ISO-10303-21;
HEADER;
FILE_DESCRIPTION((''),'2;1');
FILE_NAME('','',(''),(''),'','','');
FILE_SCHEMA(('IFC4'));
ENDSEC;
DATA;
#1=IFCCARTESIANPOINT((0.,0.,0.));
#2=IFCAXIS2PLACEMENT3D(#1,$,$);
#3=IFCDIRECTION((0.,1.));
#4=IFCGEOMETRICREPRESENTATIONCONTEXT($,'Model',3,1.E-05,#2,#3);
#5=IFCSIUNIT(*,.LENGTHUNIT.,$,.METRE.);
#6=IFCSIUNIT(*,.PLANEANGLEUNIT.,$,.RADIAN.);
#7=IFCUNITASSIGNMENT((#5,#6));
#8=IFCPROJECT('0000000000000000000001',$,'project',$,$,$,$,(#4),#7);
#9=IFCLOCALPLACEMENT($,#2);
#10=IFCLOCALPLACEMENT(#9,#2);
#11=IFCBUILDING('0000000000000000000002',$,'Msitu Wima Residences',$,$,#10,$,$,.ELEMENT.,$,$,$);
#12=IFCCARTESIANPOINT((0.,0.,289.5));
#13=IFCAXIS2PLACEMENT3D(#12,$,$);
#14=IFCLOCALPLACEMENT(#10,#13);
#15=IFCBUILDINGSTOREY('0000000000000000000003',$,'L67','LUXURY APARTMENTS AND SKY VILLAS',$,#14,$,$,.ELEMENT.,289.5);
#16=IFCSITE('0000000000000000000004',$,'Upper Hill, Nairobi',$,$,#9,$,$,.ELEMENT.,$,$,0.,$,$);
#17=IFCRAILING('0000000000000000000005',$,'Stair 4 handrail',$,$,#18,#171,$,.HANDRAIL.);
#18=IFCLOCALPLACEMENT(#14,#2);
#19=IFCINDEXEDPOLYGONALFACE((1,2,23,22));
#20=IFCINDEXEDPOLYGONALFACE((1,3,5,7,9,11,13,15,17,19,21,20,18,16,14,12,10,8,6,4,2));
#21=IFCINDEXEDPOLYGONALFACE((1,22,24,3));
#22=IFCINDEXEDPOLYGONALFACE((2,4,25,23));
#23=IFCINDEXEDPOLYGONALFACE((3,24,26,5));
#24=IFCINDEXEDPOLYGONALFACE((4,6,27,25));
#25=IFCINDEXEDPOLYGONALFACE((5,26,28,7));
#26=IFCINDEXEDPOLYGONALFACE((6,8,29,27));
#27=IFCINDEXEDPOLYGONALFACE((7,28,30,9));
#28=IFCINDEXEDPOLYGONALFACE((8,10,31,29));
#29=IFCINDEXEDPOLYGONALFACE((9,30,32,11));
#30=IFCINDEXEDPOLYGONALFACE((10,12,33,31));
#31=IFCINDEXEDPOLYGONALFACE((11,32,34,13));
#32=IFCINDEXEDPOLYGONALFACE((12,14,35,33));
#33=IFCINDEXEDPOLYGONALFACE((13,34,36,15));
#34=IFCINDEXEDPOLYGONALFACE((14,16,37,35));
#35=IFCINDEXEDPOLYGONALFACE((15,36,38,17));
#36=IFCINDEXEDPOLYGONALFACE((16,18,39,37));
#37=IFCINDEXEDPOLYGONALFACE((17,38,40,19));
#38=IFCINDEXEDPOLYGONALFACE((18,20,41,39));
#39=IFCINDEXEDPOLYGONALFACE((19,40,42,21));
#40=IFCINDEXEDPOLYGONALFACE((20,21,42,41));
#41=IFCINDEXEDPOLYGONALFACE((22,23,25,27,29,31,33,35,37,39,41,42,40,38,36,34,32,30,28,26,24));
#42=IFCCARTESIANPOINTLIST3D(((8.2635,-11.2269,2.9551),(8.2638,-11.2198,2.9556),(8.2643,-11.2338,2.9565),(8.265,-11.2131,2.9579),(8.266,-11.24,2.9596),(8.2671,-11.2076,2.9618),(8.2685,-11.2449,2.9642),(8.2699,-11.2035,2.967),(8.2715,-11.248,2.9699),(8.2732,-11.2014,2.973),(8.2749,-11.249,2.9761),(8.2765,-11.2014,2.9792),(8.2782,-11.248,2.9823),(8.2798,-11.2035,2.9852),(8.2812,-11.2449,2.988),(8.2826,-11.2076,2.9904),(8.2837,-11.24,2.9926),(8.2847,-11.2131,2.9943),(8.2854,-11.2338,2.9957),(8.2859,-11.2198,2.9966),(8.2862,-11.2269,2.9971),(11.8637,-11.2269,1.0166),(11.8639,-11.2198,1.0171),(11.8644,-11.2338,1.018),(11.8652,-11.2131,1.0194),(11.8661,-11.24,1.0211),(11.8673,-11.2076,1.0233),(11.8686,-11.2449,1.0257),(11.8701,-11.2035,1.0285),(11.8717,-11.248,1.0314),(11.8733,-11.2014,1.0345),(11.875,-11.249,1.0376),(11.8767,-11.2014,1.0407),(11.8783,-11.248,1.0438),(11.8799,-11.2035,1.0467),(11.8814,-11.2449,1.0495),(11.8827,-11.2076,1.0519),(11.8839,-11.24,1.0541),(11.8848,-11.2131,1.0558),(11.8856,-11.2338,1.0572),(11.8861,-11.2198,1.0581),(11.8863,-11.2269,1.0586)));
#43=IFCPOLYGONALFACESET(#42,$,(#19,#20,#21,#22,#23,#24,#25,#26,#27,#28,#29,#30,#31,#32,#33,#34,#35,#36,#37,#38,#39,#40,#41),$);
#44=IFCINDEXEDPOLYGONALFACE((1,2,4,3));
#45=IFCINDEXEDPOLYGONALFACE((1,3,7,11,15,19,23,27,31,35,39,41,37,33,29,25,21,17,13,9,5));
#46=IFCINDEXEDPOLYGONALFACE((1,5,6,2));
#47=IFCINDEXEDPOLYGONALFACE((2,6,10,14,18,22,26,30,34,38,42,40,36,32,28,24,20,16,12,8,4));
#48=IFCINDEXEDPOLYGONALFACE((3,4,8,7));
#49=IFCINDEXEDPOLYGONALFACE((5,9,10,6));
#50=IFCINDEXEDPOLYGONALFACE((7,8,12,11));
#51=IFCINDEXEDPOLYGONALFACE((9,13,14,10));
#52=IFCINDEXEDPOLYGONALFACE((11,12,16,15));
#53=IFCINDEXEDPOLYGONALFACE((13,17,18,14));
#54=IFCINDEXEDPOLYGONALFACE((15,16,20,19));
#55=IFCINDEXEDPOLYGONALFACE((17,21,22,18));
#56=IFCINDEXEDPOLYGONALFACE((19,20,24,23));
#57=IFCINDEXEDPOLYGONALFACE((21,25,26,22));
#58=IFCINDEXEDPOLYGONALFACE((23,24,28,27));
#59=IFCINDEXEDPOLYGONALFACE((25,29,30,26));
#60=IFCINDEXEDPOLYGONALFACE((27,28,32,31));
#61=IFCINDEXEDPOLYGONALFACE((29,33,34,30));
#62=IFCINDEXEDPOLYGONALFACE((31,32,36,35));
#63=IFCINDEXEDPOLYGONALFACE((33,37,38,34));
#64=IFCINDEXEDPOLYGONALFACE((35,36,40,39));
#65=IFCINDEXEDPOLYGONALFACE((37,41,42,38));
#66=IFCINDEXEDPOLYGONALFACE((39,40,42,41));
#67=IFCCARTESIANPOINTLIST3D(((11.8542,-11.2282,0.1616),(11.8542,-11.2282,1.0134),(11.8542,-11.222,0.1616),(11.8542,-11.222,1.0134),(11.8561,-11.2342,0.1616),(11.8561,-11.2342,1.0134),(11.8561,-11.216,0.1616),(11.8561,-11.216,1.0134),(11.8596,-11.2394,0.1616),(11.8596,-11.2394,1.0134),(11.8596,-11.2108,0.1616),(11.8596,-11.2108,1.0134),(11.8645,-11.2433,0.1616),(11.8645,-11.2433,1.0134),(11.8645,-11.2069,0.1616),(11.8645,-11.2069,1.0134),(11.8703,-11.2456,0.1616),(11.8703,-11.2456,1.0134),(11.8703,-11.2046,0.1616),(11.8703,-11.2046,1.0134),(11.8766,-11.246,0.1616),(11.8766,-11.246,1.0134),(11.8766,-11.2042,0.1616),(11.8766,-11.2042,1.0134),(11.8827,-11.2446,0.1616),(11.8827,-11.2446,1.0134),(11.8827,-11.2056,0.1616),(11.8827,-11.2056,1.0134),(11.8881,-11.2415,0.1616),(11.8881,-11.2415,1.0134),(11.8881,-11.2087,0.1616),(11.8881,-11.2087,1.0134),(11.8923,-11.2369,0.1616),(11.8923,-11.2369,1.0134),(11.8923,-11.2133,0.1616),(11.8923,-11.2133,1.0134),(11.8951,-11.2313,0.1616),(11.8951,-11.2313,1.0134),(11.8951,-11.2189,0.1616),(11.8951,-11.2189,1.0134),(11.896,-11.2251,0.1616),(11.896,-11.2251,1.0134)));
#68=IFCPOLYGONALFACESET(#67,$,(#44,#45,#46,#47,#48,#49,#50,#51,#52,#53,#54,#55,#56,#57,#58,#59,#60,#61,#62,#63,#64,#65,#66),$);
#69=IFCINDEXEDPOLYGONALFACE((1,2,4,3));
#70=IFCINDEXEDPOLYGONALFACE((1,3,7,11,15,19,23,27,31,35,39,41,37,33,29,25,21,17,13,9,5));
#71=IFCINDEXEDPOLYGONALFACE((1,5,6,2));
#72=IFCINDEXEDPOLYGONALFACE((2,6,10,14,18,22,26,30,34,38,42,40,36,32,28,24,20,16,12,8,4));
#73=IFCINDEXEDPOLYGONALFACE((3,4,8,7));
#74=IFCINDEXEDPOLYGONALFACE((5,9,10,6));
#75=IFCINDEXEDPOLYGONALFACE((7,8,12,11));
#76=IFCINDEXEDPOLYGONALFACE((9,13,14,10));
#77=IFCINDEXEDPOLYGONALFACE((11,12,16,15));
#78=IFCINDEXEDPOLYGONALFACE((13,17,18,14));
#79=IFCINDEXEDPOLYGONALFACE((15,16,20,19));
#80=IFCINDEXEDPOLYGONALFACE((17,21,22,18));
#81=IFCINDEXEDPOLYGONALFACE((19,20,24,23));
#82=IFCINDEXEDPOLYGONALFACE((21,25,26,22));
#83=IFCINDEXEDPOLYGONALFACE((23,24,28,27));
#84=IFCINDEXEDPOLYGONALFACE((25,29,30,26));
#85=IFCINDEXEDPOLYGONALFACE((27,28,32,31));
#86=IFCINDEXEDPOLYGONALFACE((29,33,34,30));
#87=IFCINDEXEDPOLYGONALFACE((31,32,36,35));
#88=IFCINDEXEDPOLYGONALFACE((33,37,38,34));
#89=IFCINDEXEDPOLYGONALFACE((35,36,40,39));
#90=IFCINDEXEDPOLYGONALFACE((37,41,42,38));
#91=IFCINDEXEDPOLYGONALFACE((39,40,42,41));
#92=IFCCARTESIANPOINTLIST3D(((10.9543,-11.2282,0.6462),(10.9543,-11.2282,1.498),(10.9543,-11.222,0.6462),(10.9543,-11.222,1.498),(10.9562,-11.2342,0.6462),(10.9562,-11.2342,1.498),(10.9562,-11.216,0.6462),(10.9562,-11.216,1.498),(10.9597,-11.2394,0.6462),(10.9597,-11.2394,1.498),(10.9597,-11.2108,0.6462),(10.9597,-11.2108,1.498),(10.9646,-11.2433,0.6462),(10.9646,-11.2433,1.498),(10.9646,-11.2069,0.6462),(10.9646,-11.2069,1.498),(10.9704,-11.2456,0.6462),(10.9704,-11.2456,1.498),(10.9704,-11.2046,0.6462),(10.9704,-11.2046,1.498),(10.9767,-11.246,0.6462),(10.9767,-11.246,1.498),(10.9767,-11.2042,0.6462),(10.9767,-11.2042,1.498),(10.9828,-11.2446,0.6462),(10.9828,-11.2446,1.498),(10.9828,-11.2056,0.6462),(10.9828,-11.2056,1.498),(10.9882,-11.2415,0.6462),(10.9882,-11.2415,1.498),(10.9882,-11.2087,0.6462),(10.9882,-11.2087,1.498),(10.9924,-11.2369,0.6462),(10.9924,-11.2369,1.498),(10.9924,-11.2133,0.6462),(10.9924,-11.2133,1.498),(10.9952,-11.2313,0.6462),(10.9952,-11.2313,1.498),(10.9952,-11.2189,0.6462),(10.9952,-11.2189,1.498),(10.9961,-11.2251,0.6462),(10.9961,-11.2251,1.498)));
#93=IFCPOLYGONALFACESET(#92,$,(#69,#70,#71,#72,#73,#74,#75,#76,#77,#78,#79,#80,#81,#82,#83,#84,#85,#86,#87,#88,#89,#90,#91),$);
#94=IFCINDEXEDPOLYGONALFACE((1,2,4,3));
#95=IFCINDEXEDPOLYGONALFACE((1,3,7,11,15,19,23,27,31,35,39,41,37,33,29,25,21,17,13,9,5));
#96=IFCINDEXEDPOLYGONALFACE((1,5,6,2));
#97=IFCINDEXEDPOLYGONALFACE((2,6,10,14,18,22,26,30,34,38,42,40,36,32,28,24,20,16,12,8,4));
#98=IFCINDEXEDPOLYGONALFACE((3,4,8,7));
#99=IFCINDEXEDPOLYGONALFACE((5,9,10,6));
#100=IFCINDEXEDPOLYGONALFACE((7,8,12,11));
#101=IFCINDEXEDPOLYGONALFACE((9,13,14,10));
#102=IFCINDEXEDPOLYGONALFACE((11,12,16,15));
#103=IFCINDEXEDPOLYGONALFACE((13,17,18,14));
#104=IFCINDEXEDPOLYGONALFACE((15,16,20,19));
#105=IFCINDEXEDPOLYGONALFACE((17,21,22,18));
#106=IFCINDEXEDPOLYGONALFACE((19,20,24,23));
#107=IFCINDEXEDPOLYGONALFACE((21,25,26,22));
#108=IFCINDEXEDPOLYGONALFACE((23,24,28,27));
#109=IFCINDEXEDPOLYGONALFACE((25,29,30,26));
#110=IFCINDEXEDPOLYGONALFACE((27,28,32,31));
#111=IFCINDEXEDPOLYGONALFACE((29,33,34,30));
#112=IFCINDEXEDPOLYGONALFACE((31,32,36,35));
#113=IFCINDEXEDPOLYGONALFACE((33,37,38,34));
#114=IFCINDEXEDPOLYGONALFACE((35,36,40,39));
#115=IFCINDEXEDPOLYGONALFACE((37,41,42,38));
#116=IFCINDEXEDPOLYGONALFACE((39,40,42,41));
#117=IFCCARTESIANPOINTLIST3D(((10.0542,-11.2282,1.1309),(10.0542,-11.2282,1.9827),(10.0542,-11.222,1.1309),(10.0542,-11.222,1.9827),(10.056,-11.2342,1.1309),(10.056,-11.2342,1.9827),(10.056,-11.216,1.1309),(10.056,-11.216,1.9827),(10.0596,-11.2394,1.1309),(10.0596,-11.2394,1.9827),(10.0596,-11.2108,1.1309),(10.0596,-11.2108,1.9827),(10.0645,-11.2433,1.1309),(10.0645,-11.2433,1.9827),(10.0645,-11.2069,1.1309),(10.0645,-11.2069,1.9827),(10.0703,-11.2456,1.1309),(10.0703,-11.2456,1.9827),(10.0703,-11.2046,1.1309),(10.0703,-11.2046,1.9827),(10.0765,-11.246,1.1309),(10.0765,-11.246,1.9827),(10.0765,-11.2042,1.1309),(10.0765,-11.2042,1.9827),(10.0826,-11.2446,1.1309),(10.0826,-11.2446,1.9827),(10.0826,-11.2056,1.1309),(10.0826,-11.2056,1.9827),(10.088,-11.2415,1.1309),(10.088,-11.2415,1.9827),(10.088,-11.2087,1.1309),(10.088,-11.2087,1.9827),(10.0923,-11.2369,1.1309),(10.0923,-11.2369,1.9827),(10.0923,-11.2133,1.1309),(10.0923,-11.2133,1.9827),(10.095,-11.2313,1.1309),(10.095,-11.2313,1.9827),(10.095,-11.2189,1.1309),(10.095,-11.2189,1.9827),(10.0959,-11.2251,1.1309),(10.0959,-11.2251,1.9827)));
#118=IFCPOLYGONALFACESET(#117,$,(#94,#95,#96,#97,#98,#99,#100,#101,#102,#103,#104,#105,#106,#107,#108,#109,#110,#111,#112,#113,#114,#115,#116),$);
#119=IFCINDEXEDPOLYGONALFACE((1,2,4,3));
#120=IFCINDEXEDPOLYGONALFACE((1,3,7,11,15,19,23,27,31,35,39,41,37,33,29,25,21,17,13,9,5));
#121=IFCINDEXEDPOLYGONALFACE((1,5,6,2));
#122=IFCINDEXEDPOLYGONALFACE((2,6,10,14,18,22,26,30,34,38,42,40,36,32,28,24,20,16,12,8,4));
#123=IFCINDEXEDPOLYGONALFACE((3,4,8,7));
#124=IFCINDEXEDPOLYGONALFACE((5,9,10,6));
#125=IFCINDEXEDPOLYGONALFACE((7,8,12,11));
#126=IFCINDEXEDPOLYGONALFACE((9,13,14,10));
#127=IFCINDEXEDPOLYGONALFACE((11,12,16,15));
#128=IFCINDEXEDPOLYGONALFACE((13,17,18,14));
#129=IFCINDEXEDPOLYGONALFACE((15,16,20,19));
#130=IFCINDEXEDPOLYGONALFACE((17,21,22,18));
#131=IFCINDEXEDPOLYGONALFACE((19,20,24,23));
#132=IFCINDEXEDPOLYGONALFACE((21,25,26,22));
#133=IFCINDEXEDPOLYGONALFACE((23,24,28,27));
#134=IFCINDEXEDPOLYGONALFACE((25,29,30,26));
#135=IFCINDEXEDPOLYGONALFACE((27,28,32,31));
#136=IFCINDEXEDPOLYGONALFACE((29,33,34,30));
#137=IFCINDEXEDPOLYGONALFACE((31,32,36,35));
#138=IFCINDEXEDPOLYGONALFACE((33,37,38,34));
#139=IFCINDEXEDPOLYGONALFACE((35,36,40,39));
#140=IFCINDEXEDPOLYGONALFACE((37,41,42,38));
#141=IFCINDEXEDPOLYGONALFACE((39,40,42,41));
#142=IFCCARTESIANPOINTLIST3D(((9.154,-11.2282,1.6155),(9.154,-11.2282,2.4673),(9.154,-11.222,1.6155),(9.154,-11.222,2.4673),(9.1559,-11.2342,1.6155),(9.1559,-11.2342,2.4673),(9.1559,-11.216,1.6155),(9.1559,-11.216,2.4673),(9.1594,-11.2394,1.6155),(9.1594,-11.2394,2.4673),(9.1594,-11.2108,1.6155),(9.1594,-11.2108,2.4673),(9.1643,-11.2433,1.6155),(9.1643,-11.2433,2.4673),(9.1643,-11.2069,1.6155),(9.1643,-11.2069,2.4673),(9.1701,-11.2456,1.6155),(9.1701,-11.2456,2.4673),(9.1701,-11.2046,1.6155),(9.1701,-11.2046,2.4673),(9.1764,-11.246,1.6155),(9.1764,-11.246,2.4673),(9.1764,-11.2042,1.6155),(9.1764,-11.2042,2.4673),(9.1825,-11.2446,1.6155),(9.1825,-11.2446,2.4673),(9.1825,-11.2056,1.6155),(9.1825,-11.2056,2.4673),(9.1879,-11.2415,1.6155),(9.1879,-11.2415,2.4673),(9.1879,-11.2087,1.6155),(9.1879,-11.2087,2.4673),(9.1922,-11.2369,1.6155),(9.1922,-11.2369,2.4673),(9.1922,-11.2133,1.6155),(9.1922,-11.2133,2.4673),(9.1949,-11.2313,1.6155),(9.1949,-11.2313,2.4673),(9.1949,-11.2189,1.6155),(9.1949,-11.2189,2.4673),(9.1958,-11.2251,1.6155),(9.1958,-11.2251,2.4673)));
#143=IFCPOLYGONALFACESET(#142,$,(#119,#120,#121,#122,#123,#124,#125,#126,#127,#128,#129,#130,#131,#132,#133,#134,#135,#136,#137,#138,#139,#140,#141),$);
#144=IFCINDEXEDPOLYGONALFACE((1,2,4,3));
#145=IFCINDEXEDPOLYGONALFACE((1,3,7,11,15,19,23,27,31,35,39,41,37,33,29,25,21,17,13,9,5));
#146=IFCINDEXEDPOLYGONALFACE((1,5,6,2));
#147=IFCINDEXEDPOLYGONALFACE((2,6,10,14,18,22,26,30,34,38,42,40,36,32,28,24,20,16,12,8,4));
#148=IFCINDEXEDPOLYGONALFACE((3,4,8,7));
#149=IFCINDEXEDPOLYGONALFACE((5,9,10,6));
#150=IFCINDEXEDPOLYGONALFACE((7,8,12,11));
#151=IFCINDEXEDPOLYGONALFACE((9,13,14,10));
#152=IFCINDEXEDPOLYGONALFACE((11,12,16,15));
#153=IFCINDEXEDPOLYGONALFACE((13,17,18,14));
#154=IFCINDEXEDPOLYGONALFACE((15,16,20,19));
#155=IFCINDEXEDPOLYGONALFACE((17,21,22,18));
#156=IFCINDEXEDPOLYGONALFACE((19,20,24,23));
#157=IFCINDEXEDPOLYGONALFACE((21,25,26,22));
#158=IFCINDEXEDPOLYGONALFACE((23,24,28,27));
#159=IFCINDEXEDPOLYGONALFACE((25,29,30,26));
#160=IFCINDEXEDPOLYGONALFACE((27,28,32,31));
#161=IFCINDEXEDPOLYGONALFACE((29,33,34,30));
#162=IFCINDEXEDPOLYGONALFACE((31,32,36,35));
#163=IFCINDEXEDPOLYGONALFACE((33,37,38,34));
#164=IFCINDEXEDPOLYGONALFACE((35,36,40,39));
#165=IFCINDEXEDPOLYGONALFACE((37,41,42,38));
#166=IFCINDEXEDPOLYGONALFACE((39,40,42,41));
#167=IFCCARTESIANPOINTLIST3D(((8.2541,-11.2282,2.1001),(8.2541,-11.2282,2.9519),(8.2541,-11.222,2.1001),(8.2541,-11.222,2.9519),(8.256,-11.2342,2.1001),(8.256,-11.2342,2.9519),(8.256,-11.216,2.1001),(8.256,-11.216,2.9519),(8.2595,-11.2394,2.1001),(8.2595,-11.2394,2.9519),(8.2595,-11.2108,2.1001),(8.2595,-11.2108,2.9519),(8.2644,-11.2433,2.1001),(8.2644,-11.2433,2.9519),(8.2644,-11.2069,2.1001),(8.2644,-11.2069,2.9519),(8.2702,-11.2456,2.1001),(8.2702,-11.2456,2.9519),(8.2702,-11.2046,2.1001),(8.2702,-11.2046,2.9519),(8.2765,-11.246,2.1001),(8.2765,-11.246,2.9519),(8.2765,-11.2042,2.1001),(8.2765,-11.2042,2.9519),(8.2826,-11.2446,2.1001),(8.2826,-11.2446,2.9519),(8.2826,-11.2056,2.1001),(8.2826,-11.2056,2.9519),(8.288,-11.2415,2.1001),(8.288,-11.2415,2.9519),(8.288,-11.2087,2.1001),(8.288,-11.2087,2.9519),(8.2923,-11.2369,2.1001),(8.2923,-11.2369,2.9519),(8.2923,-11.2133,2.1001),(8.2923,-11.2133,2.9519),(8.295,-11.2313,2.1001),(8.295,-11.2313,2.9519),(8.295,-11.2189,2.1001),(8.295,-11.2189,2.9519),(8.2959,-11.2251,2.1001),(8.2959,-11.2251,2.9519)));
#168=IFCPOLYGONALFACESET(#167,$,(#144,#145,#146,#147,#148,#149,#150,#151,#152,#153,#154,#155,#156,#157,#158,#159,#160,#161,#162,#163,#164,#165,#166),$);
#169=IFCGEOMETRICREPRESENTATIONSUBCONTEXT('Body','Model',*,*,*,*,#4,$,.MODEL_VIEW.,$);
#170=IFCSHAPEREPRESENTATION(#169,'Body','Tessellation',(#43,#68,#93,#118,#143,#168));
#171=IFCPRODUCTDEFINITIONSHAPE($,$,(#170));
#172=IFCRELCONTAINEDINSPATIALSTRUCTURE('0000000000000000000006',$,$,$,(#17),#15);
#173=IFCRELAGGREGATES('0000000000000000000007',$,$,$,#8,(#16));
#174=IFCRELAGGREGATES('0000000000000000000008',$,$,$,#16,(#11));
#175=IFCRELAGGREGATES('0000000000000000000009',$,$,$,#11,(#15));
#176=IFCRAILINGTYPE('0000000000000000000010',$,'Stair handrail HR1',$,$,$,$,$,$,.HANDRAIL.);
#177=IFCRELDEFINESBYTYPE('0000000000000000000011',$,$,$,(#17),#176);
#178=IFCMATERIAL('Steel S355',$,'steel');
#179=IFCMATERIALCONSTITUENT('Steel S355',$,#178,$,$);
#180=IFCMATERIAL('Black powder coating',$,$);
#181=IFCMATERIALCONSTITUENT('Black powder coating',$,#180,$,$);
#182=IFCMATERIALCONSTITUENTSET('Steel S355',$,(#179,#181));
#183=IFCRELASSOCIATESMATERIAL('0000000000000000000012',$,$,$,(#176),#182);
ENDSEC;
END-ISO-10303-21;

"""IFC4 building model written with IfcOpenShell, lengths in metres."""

from ifc_helpers import new_model, si_unit, direction, frame, origin, origin_2d, place, context, subcontext, project, spatial, circle, extrude, material, constituent, constituent_set, type_object, element, save


model = new_model("IFC4")

# Units and contexts
model_context = context("Model", 3, precision=1e-05, world=origin(), true_north=direction((0.0, 1.0)))
body_context = subcontext(model_context, "Body", "Model", "MODEL_VIEW")
ifc_project = project(units=[si_unit("LENGTHUNIT", "METRE"), si_unit("PLANEANGLEUNIT", "RADIAN")], contexts=[model_context])

# Site, building, storey
site_placement = place(None, origin())
site = spatial("IfcSite", under=ifc_project, at=site_placement, Name="Upper Hill, Nairobi", CompositionType="ELEMENT", RefElevation=0.0)
building_placement = place(site_placement, origin())
building = spatial("IfcBuilding", under=site, at=building_placement, Name="Msitu Wima Residences", CompositionType="ELEMENT")
storey_placement = place(building_placement, frame((0.0, 0.0, 289.5)))
storey = spatial("IfcBuildingStorey", under=building, at=storey_placement, Name="L67", Description="LUXURY APARTMENTS AND SKY VILLAS", CompositionType="ELEMENT", Elevation=289.5)

# Railing
ifc_material_1 = material(Name="Steel S355", Category="steel")
ifc_constituent_1 = constituent(ifc_material_1, Name="Steel S355")
ifc_material_2 = material(Name="Black powder coating")
ifc_constituent_2 = constituent(ifc_material_2, Name="Black powder coating")
ifc_constituent_set = constituent_set(constituents=[ifc_constituent_1, ifc_constituent_2], Name="Steel S355")
railing_type = type_object("IfcRailingType", Name="Stair handrail HR1", PredefinedType="HANDRAIL", material=ifc_constituent_set)
for number, where, name in (
    (1, (11.875, -11.2251, 0.1616), "Stair 4 handrail"),
):
    element("IfcRailing", number, at=place(storey_placement, frame(where)), inside=storey, type_object=railing_type, Name=name, PredefinedType="HANDRAIL", context=body_context, shape_type="SweptSolid", body=[
        extrude(circle(Radius=0.0239, at=origin_2d()), frame((0.0, 0.0, 0.876), z_axis=(-0.880475, 0.0, 0.474093), x_axis=(0.0, -1.0, 0.0)), (0.0, 0.0, 1.0), 4.0889),
        extrude(circle(Radius=0.021, at=origin_2d()), origin(), (0.0, 0.0, 1.0), 0.8518),
        extrude(circle(Radius=0.021, at=origin_2d()), frame((-0.8999, 0.0, 0.4846)), (0.0, 0.0, 1.0), 0.8518),
        extrude(circle(Radius=0.021, at=origin_2d()), frame((-1.8, 0.0, 0.9692)), (0.0, 0.0, 1.0), 0.8518),
        extrude(circle(Radius=0.021, at=origin_2d()), frame((-2.7002, 0.0, 1.4539)), (0.0, 0.0, 1.0), 0.8518),
        extrude(circle(Radius=0.021, at=origin_2d()), frame((-3.6001, 0.0, 1.9385)), (0.0, 0.0, 1.0), 0.8518),
    ])

save(model, "model.ifc")
